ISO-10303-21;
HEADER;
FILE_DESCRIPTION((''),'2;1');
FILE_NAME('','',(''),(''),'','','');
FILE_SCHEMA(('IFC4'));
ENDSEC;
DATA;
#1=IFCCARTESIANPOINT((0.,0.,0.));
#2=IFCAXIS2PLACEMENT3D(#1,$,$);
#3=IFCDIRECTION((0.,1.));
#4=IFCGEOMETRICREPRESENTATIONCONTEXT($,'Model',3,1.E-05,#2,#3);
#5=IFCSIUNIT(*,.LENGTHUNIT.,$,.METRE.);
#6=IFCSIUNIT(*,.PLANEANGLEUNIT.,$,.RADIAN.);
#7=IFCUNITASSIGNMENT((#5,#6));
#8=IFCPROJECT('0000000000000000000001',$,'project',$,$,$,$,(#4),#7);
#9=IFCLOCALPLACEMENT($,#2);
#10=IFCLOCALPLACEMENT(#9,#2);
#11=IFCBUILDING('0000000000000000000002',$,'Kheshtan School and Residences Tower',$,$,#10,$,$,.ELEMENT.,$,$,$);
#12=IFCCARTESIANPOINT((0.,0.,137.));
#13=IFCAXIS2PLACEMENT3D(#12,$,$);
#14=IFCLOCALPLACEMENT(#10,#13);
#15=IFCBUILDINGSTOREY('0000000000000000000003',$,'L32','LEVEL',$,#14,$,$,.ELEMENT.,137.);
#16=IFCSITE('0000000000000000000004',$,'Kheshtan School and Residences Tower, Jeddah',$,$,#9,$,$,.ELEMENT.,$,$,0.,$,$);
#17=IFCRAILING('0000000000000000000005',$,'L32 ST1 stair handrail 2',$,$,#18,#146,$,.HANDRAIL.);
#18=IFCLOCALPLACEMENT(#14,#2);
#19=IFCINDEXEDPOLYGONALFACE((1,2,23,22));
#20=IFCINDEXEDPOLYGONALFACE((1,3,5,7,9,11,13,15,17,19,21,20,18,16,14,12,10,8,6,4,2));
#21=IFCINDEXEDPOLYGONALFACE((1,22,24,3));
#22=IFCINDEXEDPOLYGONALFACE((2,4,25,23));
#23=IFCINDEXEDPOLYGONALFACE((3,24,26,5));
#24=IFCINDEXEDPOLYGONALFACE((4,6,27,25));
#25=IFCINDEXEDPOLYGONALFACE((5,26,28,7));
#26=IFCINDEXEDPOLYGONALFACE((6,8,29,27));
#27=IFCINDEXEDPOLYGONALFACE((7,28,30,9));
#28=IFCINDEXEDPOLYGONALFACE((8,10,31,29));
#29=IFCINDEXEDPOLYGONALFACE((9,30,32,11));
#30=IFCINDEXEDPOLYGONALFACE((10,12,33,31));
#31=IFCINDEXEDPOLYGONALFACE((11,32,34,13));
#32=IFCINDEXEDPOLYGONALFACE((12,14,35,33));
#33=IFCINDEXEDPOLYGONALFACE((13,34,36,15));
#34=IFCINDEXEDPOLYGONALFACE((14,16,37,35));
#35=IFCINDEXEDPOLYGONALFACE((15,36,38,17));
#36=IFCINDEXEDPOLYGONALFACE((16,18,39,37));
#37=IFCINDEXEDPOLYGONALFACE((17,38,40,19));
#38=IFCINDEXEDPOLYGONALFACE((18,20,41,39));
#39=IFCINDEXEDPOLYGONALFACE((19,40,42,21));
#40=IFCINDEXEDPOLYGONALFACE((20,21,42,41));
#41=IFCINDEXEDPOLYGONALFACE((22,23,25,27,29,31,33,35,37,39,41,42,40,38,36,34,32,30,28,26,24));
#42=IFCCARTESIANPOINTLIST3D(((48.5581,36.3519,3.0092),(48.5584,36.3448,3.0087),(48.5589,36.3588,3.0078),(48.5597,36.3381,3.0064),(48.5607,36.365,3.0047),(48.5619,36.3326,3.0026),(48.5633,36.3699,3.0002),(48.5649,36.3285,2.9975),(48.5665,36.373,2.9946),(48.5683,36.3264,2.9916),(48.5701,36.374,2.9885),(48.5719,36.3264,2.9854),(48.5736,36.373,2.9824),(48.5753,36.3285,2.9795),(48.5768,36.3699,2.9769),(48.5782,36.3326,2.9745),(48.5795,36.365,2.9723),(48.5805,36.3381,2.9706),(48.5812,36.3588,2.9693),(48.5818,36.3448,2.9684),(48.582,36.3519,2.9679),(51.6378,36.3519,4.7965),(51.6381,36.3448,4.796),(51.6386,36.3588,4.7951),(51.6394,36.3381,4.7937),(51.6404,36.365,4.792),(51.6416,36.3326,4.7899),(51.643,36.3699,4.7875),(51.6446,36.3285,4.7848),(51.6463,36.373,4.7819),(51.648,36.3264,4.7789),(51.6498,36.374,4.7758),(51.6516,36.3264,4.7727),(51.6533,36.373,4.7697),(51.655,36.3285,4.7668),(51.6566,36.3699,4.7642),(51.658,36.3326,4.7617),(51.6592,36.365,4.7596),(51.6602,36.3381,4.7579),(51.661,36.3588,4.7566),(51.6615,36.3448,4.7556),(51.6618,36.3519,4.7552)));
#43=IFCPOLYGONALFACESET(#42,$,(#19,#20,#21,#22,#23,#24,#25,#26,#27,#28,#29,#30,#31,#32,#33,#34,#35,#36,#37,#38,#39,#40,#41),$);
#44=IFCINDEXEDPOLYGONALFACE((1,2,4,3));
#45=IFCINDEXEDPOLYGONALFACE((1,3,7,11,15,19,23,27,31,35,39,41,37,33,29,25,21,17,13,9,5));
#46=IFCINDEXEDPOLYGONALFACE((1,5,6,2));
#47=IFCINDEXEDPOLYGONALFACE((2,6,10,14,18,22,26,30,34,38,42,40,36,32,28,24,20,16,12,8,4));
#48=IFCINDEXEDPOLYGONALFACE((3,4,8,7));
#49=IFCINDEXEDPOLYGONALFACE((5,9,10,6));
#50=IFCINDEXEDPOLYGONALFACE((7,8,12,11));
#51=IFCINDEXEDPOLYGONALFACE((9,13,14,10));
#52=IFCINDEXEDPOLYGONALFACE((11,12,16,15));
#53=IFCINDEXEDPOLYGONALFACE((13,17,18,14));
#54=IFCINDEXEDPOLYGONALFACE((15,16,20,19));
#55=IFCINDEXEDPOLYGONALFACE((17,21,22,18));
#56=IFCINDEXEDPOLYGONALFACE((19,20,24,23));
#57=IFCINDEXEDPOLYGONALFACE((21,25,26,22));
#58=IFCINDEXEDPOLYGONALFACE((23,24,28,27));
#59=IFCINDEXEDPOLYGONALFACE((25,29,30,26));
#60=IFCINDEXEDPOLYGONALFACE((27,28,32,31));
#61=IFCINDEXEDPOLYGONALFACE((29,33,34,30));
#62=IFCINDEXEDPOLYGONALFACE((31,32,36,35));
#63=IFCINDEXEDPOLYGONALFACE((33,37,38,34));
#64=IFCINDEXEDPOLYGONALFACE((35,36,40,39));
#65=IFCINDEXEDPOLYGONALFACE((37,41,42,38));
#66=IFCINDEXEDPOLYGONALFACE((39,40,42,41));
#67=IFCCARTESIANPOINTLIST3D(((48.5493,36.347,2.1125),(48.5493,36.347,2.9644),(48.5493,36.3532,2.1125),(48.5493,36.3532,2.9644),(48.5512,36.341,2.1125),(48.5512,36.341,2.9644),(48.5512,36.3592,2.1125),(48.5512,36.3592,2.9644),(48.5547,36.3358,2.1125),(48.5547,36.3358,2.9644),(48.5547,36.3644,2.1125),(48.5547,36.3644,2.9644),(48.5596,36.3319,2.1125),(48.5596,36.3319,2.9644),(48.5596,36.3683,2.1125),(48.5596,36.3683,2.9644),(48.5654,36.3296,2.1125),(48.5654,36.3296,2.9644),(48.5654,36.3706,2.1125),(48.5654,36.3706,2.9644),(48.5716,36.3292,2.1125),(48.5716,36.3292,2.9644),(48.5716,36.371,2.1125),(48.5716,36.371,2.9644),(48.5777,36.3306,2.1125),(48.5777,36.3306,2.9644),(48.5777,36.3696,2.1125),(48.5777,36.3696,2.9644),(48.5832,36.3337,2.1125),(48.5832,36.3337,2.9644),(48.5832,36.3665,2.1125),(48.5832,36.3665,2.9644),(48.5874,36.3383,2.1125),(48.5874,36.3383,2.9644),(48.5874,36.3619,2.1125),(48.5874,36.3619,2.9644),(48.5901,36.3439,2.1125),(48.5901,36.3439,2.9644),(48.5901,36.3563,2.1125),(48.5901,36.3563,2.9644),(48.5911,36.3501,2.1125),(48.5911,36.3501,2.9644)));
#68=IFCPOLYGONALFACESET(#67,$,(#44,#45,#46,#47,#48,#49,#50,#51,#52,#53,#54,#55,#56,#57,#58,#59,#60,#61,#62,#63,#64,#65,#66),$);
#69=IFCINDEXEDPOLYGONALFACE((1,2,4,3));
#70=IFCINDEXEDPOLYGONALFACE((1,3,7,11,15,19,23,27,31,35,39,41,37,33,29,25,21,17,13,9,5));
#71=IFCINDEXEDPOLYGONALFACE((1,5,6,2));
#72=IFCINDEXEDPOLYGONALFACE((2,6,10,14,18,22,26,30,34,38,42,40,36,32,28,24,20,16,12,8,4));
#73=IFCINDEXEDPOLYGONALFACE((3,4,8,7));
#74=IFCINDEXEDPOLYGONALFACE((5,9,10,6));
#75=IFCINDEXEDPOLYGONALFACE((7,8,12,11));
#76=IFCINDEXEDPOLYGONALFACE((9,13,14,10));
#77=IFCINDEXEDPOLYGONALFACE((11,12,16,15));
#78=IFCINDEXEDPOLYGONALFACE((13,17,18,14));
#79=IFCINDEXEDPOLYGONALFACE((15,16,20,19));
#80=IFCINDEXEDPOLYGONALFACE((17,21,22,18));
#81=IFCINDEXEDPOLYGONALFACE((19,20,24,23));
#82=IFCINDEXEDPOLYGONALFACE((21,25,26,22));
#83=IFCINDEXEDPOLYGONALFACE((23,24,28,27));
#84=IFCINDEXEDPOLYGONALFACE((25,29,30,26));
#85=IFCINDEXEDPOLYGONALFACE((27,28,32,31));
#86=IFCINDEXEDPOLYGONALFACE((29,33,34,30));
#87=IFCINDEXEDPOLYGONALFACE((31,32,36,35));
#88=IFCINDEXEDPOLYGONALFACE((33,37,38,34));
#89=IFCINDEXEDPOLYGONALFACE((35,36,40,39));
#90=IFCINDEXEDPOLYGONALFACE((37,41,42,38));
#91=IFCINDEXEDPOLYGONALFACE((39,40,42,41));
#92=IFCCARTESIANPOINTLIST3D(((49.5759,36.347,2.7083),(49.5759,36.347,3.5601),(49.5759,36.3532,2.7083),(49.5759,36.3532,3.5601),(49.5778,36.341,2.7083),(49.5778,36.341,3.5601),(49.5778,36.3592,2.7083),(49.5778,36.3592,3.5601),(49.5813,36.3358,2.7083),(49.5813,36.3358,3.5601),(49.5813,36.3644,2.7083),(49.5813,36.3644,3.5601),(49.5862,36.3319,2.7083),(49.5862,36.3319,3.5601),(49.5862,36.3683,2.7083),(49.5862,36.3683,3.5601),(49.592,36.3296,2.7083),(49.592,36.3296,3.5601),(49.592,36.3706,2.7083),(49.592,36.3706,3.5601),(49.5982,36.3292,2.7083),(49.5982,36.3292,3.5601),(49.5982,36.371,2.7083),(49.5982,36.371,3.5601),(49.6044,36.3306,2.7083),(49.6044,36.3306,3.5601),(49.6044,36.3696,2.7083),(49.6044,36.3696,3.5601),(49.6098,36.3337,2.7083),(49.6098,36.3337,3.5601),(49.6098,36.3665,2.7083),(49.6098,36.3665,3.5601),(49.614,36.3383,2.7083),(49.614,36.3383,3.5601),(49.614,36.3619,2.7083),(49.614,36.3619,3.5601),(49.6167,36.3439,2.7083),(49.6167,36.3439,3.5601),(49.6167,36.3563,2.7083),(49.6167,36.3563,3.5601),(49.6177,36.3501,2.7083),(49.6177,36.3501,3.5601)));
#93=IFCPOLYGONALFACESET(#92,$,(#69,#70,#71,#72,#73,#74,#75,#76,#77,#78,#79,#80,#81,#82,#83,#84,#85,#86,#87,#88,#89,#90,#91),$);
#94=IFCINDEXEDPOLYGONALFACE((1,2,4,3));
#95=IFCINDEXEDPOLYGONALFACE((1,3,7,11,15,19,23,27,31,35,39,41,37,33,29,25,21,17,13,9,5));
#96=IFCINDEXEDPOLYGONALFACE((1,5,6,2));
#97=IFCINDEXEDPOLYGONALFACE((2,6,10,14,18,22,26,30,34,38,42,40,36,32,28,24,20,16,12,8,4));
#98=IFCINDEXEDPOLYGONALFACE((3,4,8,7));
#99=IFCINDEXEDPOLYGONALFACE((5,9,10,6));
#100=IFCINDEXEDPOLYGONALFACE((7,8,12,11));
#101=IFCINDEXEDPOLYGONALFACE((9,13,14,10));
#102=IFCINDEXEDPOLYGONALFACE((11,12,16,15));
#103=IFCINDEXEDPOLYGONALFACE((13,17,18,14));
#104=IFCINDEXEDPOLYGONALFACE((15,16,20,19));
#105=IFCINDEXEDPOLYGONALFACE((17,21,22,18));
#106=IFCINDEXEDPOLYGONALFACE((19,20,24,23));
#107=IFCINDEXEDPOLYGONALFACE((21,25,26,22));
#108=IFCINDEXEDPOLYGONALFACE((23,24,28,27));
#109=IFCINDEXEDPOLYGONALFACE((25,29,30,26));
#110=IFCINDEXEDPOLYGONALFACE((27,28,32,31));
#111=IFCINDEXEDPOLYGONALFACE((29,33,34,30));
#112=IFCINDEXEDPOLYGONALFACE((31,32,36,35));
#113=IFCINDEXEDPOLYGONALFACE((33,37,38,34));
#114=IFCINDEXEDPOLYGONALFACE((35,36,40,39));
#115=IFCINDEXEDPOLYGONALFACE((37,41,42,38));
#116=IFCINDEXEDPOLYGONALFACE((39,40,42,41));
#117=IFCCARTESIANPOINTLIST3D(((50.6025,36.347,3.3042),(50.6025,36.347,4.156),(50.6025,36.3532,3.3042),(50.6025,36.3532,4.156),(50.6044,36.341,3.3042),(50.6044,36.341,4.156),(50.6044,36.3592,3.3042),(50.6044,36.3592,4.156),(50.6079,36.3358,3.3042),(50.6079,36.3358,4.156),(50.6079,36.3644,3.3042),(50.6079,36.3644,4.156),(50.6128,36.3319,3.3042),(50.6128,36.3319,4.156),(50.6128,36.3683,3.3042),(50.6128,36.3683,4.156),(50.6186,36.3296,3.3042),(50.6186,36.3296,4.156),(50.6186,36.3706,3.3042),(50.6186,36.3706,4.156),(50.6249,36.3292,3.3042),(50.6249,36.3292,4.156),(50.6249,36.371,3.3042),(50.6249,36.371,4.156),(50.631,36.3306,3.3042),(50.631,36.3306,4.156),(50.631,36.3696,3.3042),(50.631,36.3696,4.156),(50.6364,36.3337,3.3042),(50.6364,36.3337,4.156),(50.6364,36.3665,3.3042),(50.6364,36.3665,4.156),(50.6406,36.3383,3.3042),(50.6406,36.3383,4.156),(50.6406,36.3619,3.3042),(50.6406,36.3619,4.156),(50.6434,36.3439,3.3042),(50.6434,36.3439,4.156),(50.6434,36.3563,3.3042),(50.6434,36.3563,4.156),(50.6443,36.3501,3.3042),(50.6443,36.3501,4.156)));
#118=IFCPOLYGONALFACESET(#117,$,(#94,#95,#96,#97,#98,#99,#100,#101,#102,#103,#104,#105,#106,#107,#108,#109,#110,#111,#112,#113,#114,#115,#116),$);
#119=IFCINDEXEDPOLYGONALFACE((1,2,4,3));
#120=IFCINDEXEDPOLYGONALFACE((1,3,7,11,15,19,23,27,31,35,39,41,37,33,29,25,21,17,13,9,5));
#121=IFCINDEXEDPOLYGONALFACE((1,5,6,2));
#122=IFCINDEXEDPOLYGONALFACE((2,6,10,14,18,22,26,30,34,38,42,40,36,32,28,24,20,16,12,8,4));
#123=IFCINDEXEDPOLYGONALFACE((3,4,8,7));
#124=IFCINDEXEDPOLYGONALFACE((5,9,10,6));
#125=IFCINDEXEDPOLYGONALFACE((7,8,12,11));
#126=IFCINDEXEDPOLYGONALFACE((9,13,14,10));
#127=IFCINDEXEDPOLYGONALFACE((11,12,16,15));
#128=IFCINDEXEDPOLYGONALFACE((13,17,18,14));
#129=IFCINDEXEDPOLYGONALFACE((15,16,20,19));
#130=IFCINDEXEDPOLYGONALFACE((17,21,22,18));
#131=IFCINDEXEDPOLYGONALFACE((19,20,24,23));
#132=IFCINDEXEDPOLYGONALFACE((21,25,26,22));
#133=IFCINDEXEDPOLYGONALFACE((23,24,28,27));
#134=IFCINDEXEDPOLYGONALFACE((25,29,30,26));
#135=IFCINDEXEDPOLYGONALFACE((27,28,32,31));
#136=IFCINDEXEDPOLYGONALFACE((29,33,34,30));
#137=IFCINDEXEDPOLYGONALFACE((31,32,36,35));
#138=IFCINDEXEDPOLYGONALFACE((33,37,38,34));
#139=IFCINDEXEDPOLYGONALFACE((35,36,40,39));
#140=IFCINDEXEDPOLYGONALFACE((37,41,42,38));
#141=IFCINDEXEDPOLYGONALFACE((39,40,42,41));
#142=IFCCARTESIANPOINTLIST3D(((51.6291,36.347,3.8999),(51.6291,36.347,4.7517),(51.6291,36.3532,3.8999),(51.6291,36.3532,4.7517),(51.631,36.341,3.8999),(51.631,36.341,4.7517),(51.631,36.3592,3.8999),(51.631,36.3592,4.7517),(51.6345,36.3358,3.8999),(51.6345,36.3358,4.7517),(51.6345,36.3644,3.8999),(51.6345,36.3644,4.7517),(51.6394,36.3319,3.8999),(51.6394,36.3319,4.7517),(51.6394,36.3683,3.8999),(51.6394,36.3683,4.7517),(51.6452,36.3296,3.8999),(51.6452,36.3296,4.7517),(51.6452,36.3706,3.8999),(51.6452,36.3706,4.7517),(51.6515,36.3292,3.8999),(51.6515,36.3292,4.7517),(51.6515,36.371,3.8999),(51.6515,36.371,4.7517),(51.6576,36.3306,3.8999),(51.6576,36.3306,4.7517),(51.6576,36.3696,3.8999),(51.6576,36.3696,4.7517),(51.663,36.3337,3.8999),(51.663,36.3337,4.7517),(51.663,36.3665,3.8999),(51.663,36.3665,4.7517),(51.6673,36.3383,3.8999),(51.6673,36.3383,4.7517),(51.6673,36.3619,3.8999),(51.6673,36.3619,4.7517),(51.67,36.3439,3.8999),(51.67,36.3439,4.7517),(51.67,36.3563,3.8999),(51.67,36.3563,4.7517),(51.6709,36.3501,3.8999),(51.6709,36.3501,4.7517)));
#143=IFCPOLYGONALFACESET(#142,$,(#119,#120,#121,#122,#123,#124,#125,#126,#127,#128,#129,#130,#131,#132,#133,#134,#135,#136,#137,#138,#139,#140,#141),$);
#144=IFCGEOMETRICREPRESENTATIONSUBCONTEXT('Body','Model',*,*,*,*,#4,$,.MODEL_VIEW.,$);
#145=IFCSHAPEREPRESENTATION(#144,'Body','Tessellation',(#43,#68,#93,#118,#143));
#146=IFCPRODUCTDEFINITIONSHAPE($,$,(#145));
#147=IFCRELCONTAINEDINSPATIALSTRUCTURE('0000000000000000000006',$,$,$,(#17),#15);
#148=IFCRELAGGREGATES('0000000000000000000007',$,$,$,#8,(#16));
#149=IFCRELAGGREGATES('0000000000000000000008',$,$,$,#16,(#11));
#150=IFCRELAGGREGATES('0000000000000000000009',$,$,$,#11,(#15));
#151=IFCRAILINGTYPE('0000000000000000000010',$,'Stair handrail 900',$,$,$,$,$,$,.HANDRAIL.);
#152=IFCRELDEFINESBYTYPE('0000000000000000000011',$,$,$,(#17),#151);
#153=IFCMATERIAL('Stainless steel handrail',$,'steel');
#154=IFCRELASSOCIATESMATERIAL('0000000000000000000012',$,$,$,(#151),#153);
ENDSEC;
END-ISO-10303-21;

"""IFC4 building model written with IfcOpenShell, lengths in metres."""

from ifc_helpers import new_model, si_unit, direction, frame, origin, origin_2d, place, context, subcontext, project, spatial, circle, extrude, material, type_object, element, save


model = new_model("IFC4")

# Units and contexts
model_context = context("Model", 3, precision=1e-05, world=origin(), true_north=direction((0.0, 1.0)))
body_context = subcontext(model_context, "Body", "Model", "MODEL_VIEW")
ifc_project = project(units=[si_unit("LENGTHUNIT", "METRE"), si_unit("PLANEANGLEUNIT", "RADIAN")], contexts=[model_context])

# Site, building, storey
site_placement = place(None, origin())
site = spatial("IfcSite", under=ifc_project, at=site_placement, Name="Kheshtan School and Residences Tower, Jeddah", CompositionType="ELEMENT", RefElevation=0.0)
building_placement = place(site_placement, origin())
building = spatial("IfcBuilding", under=site, at=building_placement, Name="Kheshtan School and Residences Tower", CompositionType="ELEMENT")
storey_placement = place(building_placement, frame((0.0, 0.0, 137.0)))
storey = spatial("IfcBuildingStorey", under=building, at=storey_placement, Name="L32", Description="LEVEL", CompositionType="ELEMENT", Elevation=137.0)

# Railing
ifc_material_1 = material(Name="Stainless steel handrail", Category="steel")
railing_type_1 = type_object("IfcRailingType", Name="Stair handrail 900", PredefinedType="HANDRAIL", material=ifc_material_1)
railing_1_placement = place(storey_placement, frame((48.5701, 36.3501, 2.1125)))
element("IfcRailing", 1, at=railing_1_placement, inside=storey, type_object=railing_type_1, Name="L32 ST1 stair handrail 2", PredefinedType="HANDRAIL", context=body_context, shape_type="SweptSolid", body=[
    extrude(circle(Radius=0.0239, at=origin_2d()), frame((0.0, 0.0, 0.876), z_axis=(0.864903, 0.0, 0.501939), x_axis=(0.0, 1.0, 0.0)), (0.0, 0.0, 1.0), 3.5608),
    extrude(circle(Radius=0.021, at=origin_2d()), origin(), (0.0, 0.0, 1.0), 0.8518),
    extrude(circle(Radius=0.021, at=origin_2d()), frame((1.0266, 0.0, 0.5957)), (0.0, 0.0, 1.0), 0.8518),
    extrude(circle(Radius=0.021, at=origin_2d()), frame((2.0532, 0.0, 1.1917)), (0.0, 0.0, 1.0), 0.8518),
    extrude(circle(Radius=0.021, at=origin_2d()), frame((3.0798, 0.0, 1.7874)), (0.0, 0.0, 1.0), 0.8518),
])

save(model, "model.ifc")
